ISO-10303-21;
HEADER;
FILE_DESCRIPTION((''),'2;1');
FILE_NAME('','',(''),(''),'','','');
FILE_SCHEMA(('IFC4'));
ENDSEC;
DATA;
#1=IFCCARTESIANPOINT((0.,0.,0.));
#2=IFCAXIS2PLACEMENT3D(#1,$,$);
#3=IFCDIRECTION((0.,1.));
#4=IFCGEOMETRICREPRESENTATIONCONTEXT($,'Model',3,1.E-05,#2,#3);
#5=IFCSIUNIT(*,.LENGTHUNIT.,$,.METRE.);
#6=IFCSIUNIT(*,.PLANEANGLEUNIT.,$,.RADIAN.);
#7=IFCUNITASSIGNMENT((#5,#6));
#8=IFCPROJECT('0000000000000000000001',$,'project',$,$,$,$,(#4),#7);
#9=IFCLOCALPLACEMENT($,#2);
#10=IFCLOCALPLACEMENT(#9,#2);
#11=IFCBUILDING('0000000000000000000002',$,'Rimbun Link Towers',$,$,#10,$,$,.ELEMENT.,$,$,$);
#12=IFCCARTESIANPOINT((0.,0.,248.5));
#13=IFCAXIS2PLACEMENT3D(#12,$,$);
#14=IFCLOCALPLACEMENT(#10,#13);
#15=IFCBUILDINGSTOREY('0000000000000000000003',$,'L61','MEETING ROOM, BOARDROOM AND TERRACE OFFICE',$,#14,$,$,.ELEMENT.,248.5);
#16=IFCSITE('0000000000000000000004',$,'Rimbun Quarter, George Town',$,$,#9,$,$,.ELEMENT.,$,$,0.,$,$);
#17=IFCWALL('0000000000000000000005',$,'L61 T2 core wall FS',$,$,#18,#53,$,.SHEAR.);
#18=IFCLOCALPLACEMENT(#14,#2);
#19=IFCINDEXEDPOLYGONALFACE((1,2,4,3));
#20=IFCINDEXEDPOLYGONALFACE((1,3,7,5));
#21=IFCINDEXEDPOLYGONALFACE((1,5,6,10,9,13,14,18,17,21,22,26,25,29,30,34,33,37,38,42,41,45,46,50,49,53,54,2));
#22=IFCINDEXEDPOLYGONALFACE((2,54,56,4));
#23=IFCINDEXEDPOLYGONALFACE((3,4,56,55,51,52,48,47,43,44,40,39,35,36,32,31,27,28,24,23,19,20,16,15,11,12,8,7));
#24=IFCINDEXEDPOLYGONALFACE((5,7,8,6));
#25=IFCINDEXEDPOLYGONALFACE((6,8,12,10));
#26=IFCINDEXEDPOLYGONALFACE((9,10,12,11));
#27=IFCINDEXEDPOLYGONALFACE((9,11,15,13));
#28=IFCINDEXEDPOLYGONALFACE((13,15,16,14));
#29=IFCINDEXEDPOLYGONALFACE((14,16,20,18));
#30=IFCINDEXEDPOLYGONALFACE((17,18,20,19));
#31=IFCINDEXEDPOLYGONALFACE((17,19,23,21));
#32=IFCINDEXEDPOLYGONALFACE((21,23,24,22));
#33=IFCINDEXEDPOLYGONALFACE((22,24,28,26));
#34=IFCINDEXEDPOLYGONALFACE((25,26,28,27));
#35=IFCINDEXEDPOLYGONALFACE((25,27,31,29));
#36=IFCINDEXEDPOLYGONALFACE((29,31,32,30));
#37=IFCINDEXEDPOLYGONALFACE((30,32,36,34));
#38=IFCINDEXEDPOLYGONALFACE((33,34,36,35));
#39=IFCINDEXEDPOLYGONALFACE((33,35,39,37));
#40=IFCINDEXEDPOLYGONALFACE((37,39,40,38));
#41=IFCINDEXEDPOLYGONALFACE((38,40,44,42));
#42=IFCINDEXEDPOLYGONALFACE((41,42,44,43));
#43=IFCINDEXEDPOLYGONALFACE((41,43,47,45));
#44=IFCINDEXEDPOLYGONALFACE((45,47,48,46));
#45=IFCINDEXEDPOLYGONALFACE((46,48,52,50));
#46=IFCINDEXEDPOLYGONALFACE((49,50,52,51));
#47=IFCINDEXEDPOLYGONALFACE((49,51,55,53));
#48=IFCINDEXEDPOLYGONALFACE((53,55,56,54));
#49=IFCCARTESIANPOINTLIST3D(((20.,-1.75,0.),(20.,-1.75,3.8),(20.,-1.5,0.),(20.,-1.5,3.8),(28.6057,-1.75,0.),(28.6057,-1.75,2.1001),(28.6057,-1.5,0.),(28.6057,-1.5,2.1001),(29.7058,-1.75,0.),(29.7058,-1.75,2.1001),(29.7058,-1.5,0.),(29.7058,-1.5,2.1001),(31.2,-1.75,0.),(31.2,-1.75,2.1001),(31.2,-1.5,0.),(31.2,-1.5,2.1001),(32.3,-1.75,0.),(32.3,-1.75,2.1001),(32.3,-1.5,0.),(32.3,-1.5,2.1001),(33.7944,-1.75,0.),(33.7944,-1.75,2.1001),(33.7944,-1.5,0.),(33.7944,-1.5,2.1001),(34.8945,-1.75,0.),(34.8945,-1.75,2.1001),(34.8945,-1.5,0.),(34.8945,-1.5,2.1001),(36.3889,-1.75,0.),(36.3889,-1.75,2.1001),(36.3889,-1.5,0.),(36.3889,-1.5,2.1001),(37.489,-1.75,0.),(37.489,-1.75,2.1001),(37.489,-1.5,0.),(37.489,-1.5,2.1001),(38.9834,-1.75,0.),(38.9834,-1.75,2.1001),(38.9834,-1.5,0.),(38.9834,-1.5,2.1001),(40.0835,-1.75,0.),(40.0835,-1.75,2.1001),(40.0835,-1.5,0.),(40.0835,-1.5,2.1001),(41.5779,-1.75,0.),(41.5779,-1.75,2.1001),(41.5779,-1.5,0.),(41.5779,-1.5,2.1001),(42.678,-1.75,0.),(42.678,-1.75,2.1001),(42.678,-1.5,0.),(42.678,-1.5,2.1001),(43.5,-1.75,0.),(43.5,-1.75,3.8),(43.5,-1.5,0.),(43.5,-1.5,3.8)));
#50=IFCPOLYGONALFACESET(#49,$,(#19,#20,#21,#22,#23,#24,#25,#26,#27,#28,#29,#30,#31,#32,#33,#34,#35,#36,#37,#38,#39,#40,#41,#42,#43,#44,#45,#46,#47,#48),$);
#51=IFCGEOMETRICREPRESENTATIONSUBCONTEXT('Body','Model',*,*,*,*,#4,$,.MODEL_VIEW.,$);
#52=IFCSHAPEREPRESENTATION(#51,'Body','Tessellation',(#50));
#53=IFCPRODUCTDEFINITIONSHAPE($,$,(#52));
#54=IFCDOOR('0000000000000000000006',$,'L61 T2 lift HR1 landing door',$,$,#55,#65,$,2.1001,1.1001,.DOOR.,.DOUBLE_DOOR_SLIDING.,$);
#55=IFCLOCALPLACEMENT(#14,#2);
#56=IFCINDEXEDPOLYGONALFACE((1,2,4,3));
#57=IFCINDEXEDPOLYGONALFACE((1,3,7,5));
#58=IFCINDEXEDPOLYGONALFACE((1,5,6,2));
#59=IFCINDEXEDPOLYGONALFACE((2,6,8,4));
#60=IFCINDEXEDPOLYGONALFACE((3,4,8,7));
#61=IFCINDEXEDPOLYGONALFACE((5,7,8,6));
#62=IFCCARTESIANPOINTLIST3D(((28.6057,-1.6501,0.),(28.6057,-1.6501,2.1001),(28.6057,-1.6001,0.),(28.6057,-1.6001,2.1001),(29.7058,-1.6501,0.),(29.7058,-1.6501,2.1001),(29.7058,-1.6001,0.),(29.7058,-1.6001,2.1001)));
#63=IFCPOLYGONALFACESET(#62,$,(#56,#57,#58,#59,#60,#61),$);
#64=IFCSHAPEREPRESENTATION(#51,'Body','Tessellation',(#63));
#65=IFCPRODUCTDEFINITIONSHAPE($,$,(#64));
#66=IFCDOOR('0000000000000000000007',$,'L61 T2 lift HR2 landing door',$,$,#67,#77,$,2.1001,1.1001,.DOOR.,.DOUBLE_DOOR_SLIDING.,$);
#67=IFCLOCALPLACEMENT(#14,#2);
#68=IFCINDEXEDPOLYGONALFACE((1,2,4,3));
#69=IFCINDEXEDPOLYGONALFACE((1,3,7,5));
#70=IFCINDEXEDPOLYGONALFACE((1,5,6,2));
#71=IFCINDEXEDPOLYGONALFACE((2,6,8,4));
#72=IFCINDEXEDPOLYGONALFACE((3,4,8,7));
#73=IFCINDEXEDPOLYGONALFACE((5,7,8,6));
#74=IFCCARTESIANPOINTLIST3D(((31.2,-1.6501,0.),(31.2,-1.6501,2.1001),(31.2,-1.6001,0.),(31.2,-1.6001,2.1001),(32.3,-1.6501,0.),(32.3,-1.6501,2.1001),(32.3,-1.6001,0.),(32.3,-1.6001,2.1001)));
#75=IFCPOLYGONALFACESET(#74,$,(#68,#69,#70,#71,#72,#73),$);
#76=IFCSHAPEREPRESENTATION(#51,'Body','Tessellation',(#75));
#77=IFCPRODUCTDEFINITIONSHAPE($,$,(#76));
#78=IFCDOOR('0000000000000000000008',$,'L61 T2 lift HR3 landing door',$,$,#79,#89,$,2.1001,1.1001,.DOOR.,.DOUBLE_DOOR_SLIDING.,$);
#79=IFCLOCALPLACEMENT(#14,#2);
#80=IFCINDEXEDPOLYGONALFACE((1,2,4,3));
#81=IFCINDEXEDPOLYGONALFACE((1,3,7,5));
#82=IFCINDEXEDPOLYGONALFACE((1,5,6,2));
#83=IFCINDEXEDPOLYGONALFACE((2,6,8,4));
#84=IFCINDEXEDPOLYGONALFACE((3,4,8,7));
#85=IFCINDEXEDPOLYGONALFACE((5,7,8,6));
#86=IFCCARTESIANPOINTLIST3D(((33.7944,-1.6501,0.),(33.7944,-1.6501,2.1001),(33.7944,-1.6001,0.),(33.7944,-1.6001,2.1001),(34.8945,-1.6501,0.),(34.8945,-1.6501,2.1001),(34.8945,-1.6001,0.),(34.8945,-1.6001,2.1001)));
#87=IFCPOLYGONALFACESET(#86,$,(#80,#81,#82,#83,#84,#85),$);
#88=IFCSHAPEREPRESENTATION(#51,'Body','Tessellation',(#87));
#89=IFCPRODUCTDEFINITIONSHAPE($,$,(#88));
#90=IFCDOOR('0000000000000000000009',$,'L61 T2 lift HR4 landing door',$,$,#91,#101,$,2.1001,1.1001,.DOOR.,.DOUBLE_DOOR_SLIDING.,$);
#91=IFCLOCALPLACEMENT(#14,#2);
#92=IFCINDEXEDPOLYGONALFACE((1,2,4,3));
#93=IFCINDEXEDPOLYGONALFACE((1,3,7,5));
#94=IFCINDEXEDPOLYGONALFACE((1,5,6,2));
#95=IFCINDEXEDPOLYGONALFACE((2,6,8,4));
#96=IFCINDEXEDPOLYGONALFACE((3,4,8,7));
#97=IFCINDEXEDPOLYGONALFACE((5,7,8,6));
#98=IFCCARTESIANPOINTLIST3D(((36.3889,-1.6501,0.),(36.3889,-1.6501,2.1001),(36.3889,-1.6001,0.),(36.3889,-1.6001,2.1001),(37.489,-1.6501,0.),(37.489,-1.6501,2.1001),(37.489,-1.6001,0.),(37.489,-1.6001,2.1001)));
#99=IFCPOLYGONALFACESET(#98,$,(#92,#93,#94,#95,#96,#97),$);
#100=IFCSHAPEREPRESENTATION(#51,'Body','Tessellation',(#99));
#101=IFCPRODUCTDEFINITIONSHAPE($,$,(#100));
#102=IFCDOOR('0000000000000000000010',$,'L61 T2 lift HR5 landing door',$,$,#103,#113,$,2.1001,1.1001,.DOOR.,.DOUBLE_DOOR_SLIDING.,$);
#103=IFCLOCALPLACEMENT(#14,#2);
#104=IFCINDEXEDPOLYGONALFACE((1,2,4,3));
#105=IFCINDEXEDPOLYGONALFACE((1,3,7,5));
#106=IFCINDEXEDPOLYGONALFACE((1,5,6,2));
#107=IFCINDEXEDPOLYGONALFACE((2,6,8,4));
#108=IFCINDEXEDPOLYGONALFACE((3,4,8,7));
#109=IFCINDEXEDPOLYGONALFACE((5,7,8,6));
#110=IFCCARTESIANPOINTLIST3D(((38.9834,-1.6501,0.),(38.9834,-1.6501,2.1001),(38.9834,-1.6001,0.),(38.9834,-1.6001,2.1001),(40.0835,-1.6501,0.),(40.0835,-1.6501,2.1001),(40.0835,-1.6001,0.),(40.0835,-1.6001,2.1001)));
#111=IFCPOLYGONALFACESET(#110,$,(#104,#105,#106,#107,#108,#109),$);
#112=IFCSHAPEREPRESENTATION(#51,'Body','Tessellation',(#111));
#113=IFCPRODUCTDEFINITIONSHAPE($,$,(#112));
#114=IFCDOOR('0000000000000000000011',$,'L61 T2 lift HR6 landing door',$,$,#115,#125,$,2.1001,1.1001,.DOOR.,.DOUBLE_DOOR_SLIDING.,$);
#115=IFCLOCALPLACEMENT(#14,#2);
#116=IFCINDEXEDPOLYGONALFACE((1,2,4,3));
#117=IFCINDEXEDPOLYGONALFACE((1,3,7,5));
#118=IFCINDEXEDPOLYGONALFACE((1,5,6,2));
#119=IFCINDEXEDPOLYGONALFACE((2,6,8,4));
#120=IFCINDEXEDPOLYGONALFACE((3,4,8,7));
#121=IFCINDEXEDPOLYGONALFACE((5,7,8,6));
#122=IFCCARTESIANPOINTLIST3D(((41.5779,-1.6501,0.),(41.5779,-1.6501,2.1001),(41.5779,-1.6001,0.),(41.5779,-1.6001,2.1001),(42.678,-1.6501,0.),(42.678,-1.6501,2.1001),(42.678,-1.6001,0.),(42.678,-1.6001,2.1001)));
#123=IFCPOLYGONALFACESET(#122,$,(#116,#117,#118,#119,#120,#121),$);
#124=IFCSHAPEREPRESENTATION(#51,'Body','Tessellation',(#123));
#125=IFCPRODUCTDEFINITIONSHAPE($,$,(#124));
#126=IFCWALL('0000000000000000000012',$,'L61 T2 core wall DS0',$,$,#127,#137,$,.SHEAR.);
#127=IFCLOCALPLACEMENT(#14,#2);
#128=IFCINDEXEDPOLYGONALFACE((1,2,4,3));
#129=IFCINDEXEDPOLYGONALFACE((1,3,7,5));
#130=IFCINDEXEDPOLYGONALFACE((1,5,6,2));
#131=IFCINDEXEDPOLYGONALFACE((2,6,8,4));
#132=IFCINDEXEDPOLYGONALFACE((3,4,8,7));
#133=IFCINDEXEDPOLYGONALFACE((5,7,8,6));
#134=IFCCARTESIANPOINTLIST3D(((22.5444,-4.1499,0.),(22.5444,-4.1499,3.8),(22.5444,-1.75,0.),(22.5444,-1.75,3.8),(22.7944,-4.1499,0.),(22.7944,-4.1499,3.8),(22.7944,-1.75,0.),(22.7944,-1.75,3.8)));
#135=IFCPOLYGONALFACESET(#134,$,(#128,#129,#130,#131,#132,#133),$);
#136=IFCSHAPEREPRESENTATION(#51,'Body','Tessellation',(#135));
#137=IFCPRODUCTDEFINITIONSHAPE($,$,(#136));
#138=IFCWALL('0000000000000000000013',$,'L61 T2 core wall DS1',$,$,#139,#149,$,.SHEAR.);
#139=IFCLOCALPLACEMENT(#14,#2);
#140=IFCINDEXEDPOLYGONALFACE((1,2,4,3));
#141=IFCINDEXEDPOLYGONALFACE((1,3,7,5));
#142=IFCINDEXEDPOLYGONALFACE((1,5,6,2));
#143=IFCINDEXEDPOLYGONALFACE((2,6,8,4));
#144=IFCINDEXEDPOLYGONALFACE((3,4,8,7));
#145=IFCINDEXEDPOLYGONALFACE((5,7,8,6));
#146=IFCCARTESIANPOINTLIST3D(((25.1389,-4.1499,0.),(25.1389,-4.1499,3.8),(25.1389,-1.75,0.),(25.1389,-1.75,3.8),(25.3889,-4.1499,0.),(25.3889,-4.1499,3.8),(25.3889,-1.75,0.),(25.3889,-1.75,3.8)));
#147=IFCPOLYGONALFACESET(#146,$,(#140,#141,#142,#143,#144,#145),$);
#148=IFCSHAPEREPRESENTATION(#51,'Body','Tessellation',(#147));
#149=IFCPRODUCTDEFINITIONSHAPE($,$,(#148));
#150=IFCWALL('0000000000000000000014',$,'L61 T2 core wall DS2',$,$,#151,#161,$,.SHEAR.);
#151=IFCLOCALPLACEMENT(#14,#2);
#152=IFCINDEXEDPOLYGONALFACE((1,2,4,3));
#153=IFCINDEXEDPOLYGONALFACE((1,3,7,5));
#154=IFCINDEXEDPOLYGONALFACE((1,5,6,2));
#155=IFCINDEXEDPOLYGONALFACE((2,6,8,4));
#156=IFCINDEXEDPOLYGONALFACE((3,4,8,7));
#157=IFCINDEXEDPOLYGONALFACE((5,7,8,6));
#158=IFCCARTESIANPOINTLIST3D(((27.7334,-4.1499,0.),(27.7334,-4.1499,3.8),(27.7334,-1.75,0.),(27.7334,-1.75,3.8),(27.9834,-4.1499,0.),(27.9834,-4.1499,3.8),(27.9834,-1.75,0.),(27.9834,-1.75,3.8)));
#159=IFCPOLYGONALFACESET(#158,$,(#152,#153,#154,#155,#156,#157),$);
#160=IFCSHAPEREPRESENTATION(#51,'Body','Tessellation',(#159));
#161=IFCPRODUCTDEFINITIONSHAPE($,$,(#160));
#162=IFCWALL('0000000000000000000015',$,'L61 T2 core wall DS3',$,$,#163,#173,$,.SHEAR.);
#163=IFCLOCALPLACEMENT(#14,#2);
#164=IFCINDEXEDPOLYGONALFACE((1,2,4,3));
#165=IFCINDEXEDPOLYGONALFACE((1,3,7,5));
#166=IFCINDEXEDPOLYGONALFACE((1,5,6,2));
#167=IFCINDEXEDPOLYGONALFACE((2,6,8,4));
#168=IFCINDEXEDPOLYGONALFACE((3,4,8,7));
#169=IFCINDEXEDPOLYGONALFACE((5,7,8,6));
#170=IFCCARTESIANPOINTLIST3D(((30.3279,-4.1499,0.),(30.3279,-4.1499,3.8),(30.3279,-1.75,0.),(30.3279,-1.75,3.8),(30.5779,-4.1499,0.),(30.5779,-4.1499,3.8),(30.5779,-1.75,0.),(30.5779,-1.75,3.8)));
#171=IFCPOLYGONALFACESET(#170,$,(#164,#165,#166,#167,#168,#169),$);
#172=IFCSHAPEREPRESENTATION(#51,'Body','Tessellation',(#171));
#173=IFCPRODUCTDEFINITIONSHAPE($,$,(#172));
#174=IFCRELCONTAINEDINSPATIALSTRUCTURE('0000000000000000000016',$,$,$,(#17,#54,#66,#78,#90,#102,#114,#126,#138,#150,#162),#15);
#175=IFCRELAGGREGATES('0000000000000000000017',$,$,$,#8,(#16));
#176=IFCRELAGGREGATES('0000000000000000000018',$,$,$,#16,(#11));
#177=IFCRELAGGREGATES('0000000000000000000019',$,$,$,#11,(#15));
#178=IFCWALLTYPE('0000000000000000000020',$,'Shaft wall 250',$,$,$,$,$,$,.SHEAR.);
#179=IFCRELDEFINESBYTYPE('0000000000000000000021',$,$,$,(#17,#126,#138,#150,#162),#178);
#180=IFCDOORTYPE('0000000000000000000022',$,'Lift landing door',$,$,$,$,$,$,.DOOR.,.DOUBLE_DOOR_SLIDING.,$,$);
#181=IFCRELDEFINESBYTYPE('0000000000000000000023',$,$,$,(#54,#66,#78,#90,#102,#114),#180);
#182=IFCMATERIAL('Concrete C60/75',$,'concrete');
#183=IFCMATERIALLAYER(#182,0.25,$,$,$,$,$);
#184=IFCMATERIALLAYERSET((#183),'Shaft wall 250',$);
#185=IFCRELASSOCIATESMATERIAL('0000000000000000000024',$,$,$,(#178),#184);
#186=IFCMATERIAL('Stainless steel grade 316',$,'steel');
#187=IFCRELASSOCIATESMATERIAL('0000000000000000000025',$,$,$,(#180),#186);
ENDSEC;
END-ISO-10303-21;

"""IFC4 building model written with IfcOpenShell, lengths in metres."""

from ifc_helpers import new_model, si_unit, direction, frame, frame_2d, origin, place, context, subcontext, project, spatial, rectangle, extrude, material, layer, layer_set, type_object, element, fill, save


model = new_model("IFC4")

# Units and contexts
model_context = context("Model", 3, precision=1e-05, world=origin(), true_north=direction((0.0, 1.0)))
body_context = subcontext(model_context, "Body", "Model", "MODEL_VIEW")
ifc_project = project(units=[si_unit("LENGTHUNIT", "METRE"), si_unit("PLANEANGLEUNIT", "RADIAN")], contexts=[model_context])

# Site, building, storey
site_placement = place(None, origin())
site = spatial("IfcSite", under=ifc_project, at=site_placement, Name="Rimbun Quarter, George Town", CompositionType="ELEMENT", RefElevation=0.0)
building_placement = place(site_placement, origin())
building = spatial("IfcBuilding", under=site, at=building_placement, Name="Rimbun Link Towers", CompositionType="ELEMENT")
storey_placement = place(building_placement, frame((0.0, 0.0, 248.5)))
storey = spatial("IfcBuildingStorey", under=building, at=storey_placement, Name="L61", Description="MEETING ROOM, BOARDROOM AND TERRACE OFFICE", CompositionType="ELEMENT", Elevation=248.5)

# Shared definitions
ifc_material_1 = material(Name="Concrete C60/75", Category="concrete")
ifc_layer_1 = layer(ifc_material_1, 0.25)
ifc_layer_set_1 = layer_set([ifc_layer_1], Name="Shaft wall 250")
wall_type_1 = type_object("IfcWallType", Name="Shaft wall 250", PredefinedType="SHEAR", material=ifc_layer_set_1)

# Wall, openings, doors
wall_1_placement = place(storey_placement, frame((20.0, -1.625, 0.0), z_axis=(0.0, 0.0, 1.0), x_axis=(1.0, 0.0, 0.0)))
wall_1 = element("IfcWall", 1, at=wall_1_placement, inside=storey, type_object=wall_type_1, Name="L61 T2 core wall FS", PredefinedType="SHEAR", context=body_context, shape_type="SweptSolid", body=[
    extrude(rectangle(XDim=23.5, YDim=0.25, at=frame_2d((11.75, 0.0))), origin(), (0.0, 0.0, 1.0), 3.8),
])
opening_1_placement = place(wall_1_placement, frame((8.6057, 0.0, 0.0)))
opening_1 = element("IfcOpeningElement", 2, at=opening_1_placement, cuts=wall_1, PredefinedType="OPENING", context=body_context, shape_type="SweptSolid", body=[
    extrude(rectangle(XDim=1.1001, YDim=2.1001, at=frame_2d((0.55, 1.05))), frame((0.0, 0.135, 0.0), z_axis=(0.0, -1.0, 0.0), x_axis=(1.0, 0.0, 0.0)), (0.0, 0.0, 1.0), 0.27),
])
opening_2_placement = place(wall_1_placement, frame((11.2, 0.0, 0.0)))
opening_2 = element("IfcOpeningElement", 3, at=opening_2_placement, cuts=wall_1, PredefinedType="OPENING", context=body_context, shape_type="SweptSolid", body=[
    extrude(rectangle(XDim=1.1001, YDim=2.1001, at=frame_2d((0.55, 1.05))), frame((0.0, 0.135, 0.0), z_axis=(0.0, -1.0, 0.0), x_axis=(1.0, 0.0, 0.0)), (0.0, 0.0, 1.0), 0.27),
])
opening_3_placement = place(wall_1_placement, frame((13.7944, 0.0, 0.0)))
opening_3 = element("IfcOpeningElement", 4, at=opening_3_placement, cuts=wall_1, PredefinedType="OPENING", context=body_context, shape_type="SweptSolid", body=[
    extrude(rectangle(XDim=1.1001, YDim=2.1001, at=frame_2d((0.55, 1.05))), frame((0.0, 0.135, 0.0), z_axis=(0.0, -1.0, 0.0), x_axis=(1.0, 0.0, 0.0)), (0.0, 0.0, 1.0), 0.27),
])
opening_4_placement = place(wall_1_placement, frame((16.3889, 0.0, 0.0)))
opening_4 = element("IfcOpeningElement", 5, at=opening_4_placement, cuts=wall_1, PredefinedType="OPENING", context=body_context, shape_type="SweptSolid", body=[
    extrude(rectangle(XDim=1.1001, YDim=2.1001, at=frame_2d((0.55, 1.05))), frame((0.0, 0.135, 0.0), z_axis=(0.0, -1.0, 0.0), x_axis=(1.0, 0.0, 0.0)), (0.0, 0.0, 1.0), 0.27),
])
opening_5_placement = place(wall_1_placement, frame((18.9834, 0.0, 0.0)))
opening_5 = element("IfcOpeningElement", 6, at=opening_5_placement, cuts=wall_1, PredefinedType="OPENING", context=body_context, shape_type="SweptSolid", body=[
    extrude(rectangle(XDim=1.1001, YDim=2.1001, at=frame_2d((0.55, 1.05))), frame((0.0, 0.135, 0.0), z_axis=(0.0, -1.0, 0.0), x_axis=(1.0, 0.0, 0.0)), (0.0, 0.0, 1.0), 0.27),
])
opening_6_placement = place(wall_1_placement, frame((21.5779, 0.0, 0.0)))
opening_6 = element("IfcOpeningElement", 7, at=opening_6_placement, cuts=wall_1, PredefinedType="OPENING", context=body_context, shape_type="SweptSolid", body=[
    extrude(rectangle(XDim=1.1001, YDim=2.1001, at=frame_2d((0.55, 1.05))), frame((0.0, 0.135, 0.0), z_axis=(0.0, -1.0, 0.0), x_axis=(1.0, 0.0, 0.0)), (0.0, 0.0, 1.0), 0.27),
])
ifc_material_2 = material(Name="Stainless steel grade 316", Category="steel")
door_type_1 = type_object("IfcDoorType", Name="Lift landing door", OperationType="DOUBLE_DOOR_SLIDING", PredefinedType="DOOR", material=ifc_material_2)
door_1_placement = place(opening_1_placement, origin())
door_1 = element("IfcDoor", 8, at=door_1_placement, inside=storey, type_object=door_type_1, Name="L61 T2 lift HR1 landing door", OperationType="DOUBLE_DOOR_SLIDING", OverallHeight=2.1001, OverallWidth=1.1001, PredefinedType="DOOR", context=body_context, shape_type="SweptSolid", body=[
    extrude(rectangle(XDim=1.1001, YDim=2.1001, at=frame_2d((0.55, 1.05))), frame((0.0, 0.0249, 0.0), z_axis=(0.0, -1.0, 0.0), x_axis=(1.0, 0.0, 0.0)), (0.0, 0.0, 1.0), 0.05),
])
fill(opening_1, door_1)
door_2_placement = place(opening_2_placement, origin())
door_2 = element("IfcDoor", 9, at=door_2_placement, inside=storey, type_object=door_type_1, Name="L61 T2 lift HR2 landing door", OperationType="DOUBLE_DOOR_SLIDING", OverallHeight=2.1001, OverallWidth=1.1001, PredefinedType="DOOR", context=body_context, shape_type="SweptSolid", body=[
    extrude(rectangle(XDim=1.1001, YDim=2.1001, at=frame_2d((0.55, 1.05))), frame((0.0, 0.0249, 0.0), z_axis=(0.0, -1.0, 0.0), x_axis=(1.0, 0.0, 0.0)), (0.0, 0.0, 1.0), 0.05),
])
fill(opening_2, door_2)
door_3_placement = place(opening_3_placement, origin())
door_3 = element("IfcDoor", 10, at=door_3_placement, inside=storey, type_object=door_type_1, Name="L61 T2 lift HR3 landing door", OperationType="DOUBLE_DOOR_SLIDING", OverallHeight=2.1001, OverallWidth=1.1001, PredefinedType="DOOR", context=body_context, shape_type="SweptSolid", body=[
    extrude(rectangle(XDim=1.1001, YDim=2.1001, at=frame_2d((0.55, 1.05))), frame((0.0, 0.0249, 0.0), z_axis=(0.0, -1.0, 0.0), x_axis=(1.0, 0.0, 0.0)), (0.0, 0.0, 1.0), 0.05),
])
fill(opening_3, door_3)
door_4_placement = place(opening_4_placement, origin())
door_4 = element("IfcDoor", 11, at=door_4_placement, inside=storey, type_object=door_type_1, Name="L61 T2 lift HR4 landing door", OperationType="DOUBLE_DOOR_SLIDING", OverallHeight=2.1001, OverallWidth=1.1001, PredefinedType="DOOR", context=body_context, shape_type="SweptSolid", body=[
    extrude(rectangle(XDim=1.1001, YDim=2.1001, at=frame_2d((0.55, 1.05))), frame((0.0, 0.0249, 0.0), z_axis=(0.0, -1.0, 0.0), x_axis=(1.0, 0.0, 0.0)), (0.0, 0.0, 1.0), 0.05),
])
fill(opening_4, door_4)
door_5_placement = place(opening_5_placement, origin())
door_5 = element("IfcDoor", 12, at=door_5_placement, inside=storey, type_object=door_type_1, Name="L61 T2 lift HR5 landing door", OperationType="DOUBLE_DOOR_SLIDING", OverallHeight=2.1001, OverallWidth=1.1001, PredefinedType="DOOR", context=body_context, shape_type="SweptSolid", body=[
    extrude(rectangle(XDim=1.1001, YDim=2.1001, at=frame_2d((0.55, 1.05))), frame((0.0, 0.0249, 0.0), z_axis=(0.0, -1.0, 0.0), x_axis=(1.0, 0.0, 0.0)), (0.0, 0.0, 1.0), 0.05),
])
fill(opening_5, door_5)
door_6_placement = place(opening_6_placement, origin())
door_6 = element("IfcDoor", 13, at=door_6_placement, inside=storey, type_object=door_type_1, Name="L61 T2 lift HR6 landing door", OperationType="DOUBLE_DOOR_SLIDING", OverallHeight=2.1001, OverallWidth=1.1001, PredefinedType="DOOR", context=body_context, shape_type="SweptSolid", body=[
    extrude(rectangle(XDim=1.1001, YDim=2.1001, at=frame_2d((0.55, 1.05))), frame((0.0, 0.0249, 0.0), z_axis=(0.0, -1.0, 0.0), x_axis=(1.0, 0.0, 0.0)), (0.0, 0.0, 1.0), 0.05),
])
fill(opening_6, door_6)

# Walls
for number, where, z_axis, x_axis, name in (
    (14, (22.6694, -4.1499, 0.0), (0.0, 0.0, 1.0), (0.0, 1.0, 0.0), "L61 T2 core wall DS0"),
    (15, (25.2639, -4.1499, 0.0), (0.0, 0.0, 1.0), (0.0, 1.0, 0.0), "L61 T2 core wall DS1"),
    (16, (27.8584, -4.1499, 0.0), (0.0, 0.0, 1.0), (0.0, 1.0, 0.0), "L61 T2 core wall DS2"),
    (17, (30.4529, -4.1499, 0.0), (0.0, 0.0, 1.0), (0.0, 1.0, 0.0), "L61 T2 core wall DS3"),
):
    element("IfcWall", number, at=place(storey_placement, frame(where, z_axis=z_axis, x_axis=x_axis)), inside=storey, type_object=wall_type_1, Name=name, PredefinedType="SHEAR", context=body_context, shape_type="SweptSolid", body=[
        extrude(rectangle(XDim=2.3999, YDim=0.25, at=frame_2d((1.2, 0.0))), origin(), (0.0, 0.0, 1.0), 3.8),
    ])

save(model, "model.ifc")
